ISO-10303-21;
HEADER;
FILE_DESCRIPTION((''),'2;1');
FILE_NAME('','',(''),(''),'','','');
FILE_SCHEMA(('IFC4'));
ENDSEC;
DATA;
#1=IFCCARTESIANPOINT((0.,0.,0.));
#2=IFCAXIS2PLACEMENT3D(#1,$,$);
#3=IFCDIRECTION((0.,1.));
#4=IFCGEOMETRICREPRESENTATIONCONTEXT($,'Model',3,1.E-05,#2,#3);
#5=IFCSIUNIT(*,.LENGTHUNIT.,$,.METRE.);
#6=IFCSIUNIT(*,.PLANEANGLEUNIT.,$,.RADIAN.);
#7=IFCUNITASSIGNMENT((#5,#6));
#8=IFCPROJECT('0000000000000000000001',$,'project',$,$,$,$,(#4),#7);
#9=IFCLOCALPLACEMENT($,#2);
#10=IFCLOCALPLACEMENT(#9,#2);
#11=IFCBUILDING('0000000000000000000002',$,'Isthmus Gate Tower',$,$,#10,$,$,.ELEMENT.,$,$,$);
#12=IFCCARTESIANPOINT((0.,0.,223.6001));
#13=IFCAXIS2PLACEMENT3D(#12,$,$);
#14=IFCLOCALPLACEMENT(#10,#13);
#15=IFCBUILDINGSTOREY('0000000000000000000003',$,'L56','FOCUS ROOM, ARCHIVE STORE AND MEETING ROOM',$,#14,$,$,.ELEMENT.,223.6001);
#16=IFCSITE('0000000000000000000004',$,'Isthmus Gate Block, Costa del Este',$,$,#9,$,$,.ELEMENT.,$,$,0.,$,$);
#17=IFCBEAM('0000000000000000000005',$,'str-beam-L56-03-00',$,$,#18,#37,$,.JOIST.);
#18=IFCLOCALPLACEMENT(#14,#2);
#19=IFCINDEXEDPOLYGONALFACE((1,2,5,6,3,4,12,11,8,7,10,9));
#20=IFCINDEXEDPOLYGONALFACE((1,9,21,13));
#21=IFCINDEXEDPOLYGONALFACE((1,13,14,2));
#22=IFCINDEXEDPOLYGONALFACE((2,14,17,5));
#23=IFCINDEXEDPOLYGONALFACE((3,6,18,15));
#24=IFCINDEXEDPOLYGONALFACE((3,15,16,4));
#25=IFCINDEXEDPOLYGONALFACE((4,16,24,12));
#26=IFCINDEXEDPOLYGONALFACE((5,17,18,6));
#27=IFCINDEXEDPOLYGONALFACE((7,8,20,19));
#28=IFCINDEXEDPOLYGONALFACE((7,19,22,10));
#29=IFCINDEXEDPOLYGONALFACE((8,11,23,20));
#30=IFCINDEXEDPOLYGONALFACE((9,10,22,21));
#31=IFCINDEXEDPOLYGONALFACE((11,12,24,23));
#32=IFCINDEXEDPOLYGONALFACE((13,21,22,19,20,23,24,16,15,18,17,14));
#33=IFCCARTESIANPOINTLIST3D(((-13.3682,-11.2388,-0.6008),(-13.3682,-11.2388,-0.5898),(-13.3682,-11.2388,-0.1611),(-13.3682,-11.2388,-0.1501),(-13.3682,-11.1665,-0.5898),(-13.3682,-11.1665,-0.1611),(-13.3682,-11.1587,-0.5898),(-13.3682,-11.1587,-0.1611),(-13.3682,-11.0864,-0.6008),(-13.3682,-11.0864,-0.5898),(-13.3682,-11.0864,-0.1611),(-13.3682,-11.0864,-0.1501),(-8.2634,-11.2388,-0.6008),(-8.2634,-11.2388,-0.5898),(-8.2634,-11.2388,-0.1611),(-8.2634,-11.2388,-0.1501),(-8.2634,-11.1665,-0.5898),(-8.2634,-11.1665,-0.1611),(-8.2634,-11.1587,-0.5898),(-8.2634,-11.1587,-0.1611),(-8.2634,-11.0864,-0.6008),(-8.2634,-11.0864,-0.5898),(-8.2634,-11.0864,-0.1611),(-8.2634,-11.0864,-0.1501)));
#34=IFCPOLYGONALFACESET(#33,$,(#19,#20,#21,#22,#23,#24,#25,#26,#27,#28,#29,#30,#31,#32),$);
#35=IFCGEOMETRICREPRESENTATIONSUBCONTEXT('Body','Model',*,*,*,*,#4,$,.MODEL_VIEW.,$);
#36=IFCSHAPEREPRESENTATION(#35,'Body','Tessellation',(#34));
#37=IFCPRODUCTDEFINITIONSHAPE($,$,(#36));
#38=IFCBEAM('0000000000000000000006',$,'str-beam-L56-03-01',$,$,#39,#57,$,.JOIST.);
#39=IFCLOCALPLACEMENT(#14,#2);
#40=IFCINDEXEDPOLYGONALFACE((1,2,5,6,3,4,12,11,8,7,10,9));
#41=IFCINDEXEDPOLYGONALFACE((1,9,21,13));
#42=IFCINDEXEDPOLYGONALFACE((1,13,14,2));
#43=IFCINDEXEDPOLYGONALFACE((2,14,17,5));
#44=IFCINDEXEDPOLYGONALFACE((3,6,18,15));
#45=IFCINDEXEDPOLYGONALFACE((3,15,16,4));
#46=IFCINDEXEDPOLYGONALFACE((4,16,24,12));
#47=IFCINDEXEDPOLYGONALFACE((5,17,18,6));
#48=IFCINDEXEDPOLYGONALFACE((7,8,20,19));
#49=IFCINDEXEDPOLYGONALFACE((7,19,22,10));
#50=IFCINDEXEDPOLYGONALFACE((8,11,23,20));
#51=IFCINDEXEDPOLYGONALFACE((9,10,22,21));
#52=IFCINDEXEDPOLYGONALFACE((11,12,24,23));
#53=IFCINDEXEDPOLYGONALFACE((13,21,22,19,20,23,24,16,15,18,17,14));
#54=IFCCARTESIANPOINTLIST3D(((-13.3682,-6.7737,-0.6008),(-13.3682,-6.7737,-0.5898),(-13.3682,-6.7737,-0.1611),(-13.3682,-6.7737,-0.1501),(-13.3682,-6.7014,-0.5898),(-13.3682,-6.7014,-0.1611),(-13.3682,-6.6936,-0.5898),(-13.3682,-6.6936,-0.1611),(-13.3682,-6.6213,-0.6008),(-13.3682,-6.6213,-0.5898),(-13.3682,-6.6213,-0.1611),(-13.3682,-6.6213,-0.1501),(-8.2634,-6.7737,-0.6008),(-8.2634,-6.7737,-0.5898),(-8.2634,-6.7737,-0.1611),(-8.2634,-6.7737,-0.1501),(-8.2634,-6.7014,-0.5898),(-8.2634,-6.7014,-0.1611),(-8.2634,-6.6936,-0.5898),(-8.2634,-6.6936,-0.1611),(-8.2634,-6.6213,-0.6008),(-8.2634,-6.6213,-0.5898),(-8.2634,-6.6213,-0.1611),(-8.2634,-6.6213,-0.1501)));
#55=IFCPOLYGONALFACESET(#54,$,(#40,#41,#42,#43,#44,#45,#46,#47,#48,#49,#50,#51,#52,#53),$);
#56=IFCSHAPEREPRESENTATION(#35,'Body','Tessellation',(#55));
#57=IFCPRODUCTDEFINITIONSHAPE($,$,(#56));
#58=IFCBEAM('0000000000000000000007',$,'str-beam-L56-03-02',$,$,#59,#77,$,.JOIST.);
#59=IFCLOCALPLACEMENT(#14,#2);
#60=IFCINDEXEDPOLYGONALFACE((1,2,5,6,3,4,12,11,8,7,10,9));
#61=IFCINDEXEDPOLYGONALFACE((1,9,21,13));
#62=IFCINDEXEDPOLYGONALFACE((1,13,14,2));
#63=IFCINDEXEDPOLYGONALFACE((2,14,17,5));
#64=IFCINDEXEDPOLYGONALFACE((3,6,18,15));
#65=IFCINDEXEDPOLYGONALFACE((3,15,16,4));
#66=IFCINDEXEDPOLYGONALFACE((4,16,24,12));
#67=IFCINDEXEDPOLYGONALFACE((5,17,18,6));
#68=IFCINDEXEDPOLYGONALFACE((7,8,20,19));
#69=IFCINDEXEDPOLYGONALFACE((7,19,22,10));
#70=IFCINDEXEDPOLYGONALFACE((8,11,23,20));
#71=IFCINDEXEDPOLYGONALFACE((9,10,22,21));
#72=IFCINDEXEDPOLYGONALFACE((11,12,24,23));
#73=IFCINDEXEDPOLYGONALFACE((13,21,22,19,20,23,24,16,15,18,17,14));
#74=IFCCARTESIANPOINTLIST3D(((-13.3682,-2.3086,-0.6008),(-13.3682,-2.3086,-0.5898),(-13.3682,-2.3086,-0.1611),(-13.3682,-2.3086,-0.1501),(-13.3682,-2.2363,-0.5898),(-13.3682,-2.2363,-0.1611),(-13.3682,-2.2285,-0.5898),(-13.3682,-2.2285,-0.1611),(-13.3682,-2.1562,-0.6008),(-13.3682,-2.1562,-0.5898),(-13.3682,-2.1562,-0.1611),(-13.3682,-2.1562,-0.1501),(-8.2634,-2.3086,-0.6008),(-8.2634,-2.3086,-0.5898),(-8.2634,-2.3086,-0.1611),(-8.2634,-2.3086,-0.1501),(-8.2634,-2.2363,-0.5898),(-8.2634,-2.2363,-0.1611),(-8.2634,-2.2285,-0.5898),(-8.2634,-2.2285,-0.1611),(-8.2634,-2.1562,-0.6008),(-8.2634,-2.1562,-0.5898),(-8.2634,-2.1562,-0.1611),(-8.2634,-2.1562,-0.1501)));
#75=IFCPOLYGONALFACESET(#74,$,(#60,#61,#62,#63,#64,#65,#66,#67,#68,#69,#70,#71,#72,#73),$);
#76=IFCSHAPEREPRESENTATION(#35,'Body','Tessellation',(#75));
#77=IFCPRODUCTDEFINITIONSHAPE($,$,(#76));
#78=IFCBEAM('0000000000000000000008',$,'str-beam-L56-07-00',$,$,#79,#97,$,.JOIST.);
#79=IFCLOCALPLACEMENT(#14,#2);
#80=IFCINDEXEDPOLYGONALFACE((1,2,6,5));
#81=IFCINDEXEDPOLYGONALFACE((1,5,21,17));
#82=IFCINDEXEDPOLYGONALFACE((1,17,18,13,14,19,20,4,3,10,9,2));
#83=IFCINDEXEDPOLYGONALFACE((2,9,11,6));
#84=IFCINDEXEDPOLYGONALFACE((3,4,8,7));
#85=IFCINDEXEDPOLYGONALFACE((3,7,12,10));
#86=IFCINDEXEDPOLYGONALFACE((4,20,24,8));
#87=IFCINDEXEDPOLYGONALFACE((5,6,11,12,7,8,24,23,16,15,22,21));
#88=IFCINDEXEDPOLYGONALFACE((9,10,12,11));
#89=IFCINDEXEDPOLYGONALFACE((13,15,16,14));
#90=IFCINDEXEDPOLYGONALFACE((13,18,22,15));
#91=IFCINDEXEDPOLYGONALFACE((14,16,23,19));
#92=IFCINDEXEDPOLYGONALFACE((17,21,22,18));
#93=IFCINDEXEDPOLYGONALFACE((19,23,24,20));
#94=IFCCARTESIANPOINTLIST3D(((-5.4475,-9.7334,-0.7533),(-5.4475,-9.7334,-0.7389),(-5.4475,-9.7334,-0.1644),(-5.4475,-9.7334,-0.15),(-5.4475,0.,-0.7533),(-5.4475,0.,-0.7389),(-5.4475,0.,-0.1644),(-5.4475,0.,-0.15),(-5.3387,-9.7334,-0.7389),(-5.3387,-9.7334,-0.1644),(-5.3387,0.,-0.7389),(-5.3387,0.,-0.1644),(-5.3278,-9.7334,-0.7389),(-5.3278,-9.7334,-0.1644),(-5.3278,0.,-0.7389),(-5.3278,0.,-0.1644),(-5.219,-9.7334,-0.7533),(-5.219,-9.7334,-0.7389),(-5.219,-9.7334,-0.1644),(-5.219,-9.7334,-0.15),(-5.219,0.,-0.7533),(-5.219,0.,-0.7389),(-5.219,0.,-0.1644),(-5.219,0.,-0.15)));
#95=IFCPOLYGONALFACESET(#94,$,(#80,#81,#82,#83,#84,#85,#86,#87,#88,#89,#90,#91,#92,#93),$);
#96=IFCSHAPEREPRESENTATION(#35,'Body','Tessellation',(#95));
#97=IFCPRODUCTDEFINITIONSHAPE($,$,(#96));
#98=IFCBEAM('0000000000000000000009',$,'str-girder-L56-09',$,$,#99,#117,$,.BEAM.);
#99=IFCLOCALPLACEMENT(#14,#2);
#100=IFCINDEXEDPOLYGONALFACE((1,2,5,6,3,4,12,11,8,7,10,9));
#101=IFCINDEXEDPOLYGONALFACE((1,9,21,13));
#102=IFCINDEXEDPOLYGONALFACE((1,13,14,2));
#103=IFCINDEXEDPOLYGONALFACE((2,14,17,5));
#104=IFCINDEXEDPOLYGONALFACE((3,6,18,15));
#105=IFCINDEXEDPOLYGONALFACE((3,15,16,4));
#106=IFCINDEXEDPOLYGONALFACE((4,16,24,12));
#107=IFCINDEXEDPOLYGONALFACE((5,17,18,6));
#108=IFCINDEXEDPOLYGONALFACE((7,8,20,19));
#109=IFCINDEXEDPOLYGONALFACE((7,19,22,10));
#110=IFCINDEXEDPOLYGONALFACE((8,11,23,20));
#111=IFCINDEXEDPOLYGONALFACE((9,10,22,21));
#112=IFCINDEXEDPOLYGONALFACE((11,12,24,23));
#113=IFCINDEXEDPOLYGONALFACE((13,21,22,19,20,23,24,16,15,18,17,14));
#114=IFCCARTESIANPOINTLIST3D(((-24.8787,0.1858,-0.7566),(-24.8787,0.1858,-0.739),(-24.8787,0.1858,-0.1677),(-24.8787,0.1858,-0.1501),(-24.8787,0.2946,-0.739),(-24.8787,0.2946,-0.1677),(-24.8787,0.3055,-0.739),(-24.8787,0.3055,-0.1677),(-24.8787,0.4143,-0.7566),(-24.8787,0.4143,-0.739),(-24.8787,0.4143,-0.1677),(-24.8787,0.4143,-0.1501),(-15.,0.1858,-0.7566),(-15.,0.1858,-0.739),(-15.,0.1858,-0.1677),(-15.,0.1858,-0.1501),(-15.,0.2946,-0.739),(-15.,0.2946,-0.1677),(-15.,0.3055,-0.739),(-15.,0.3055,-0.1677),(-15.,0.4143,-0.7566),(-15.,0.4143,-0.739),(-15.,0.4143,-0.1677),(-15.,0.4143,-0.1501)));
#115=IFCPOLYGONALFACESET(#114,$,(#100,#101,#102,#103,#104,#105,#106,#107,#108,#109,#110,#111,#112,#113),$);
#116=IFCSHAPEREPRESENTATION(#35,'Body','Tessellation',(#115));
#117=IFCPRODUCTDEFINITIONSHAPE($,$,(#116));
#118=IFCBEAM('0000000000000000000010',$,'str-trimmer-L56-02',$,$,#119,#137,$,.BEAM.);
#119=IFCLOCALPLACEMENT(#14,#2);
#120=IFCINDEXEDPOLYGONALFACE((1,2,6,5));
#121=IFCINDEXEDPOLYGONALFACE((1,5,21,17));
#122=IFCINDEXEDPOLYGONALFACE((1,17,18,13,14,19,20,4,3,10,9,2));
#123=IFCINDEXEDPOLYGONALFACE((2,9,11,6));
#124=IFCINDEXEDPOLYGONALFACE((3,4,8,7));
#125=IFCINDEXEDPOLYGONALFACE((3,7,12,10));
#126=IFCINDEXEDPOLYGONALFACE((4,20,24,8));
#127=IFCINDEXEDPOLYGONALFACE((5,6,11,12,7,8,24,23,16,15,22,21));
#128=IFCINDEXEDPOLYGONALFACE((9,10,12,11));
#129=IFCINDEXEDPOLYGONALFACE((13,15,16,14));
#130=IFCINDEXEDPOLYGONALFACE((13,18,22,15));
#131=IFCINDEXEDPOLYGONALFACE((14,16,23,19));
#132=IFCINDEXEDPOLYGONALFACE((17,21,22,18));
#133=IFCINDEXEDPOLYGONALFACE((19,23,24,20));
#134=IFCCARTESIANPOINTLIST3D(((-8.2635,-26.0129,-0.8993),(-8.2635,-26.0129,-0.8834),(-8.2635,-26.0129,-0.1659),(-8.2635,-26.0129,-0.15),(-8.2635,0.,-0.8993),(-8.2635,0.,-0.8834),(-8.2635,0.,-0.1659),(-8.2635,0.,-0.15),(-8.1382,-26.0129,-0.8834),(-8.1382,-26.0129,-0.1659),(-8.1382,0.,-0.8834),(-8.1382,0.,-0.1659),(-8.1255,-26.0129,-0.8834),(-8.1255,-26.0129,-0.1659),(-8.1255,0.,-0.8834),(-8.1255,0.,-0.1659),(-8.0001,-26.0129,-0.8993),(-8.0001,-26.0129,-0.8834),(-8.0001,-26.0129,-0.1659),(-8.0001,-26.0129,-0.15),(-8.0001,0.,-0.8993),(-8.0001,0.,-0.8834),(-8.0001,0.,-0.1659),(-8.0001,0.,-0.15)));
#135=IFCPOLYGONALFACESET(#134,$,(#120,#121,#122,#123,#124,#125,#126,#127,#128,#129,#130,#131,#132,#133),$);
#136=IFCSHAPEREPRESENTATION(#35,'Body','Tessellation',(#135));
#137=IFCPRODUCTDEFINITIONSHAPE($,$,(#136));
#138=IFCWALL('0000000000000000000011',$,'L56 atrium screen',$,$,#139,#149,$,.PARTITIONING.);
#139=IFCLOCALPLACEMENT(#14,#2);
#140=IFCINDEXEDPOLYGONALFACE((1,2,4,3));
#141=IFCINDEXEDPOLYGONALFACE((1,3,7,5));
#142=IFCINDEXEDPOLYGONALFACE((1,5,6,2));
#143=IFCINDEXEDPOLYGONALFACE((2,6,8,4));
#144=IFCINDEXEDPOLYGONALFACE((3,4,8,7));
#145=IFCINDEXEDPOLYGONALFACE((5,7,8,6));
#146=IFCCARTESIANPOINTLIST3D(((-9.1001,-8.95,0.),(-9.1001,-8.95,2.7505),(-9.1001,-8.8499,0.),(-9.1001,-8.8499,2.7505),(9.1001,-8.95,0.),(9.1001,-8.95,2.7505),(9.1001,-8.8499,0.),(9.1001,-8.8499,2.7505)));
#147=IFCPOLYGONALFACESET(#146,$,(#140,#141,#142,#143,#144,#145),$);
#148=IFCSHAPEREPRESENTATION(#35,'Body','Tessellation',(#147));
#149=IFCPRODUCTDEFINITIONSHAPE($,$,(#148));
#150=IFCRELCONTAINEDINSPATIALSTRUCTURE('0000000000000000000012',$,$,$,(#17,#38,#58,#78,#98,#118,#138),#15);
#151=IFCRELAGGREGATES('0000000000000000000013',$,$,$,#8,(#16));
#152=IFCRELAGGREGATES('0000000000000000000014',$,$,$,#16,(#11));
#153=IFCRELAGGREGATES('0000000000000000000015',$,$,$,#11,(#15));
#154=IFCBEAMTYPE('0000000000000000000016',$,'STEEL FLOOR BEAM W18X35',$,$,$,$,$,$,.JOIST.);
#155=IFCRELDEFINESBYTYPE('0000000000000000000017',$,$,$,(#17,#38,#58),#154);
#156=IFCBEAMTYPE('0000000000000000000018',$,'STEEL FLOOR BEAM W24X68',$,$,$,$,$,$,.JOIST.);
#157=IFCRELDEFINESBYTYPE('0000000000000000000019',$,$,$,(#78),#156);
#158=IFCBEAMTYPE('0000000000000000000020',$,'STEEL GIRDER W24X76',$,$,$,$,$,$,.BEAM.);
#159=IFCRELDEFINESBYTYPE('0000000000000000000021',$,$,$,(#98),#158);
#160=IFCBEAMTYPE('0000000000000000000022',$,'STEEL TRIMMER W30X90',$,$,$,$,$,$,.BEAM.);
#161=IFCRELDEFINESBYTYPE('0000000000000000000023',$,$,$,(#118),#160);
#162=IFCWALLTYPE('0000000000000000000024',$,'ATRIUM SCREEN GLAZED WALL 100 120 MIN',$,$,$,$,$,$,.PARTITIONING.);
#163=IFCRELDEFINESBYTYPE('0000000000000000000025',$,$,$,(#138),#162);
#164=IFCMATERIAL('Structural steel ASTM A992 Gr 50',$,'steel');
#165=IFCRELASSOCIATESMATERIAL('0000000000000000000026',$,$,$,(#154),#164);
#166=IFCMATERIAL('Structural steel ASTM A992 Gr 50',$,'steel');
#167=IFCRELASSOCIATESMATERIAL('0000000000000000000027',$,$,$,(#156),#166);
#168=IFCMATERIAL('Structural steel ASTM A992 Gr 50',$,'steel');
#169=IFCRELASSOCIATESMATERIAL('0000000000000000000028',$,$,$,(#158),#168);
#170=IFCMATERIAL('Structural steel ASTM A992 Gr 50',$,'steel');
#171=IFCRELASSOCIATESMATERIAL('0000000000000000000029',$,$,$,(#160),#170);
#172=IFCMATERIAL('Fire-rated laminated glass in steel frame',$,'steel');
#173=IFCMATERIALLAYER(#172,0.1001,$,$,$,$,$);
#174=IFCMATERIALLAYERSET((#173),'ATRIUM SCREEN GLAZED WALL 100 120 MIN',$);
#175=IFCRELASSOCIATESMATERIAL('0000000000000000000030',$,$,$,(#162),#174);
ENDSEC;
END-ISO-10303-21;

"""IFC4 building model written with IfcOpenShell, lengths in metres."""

from ifc_helpers import new_model, si_unit, direction, frame, frame_2d, origin, origin_2d, place, context, subcontext, project, spatial, rectangle, i_section, extrude, material, layer, layer_set, material_profile, profile_set, type_object, element, save


model = new_model("IFC4")

# Units and contexts
model_context = context("Model", 3, precision=1e-05, world=origin(), true_north=direction((0.0, 1.0)))
body_context = subcontext(model_context, "Body", "Model", "MODEL_VIEW")
ifc_project = project(units=[si_unit("LENGTHUNIT", "METRE"), si_unit("PLANEANGLEUNIT", "RADIAN")], contexts=[model_context])

# Site, building, storey
site_placement = place(None, origin())
site = spatial("IfcSite", under=ifc_project, at=site_placement, Name="Isthmus Gate Block, Costa del Este", CompositionType="ELEMENT", RefElevation=0.0)
building_placement = place(site_placement, origin())
building = spatial("IfcBuilding", under=site, at=building_placement, Name="Isthmus Gate Tower", CompositionType="ELEMENT")
storey_placement = place(building_placement, frame((0.0, 0.0, 223.6001)))
storey = spatial("IfcBuildingStorey", under=building, at=storey_placement, Name="L56", Description="FOCUS ROOM, ARCHIVE STORE AND MEETING ROOM", CompositionType="ELEMENT", Elevation=223.6001)

# Beams
ifc_material_1 = material(Name="Structural steel ASTM A992 Gr 50", Category="steel")
ifc_material_profile_1 = material_profile(ifc_material_1, i_section(OverallWidth=0.1523, OverallDepth=0.4507, WebThickness=0.0078, FlangeThickness=0.011, at=origin_2d()), Name="W18X35")
ifc_profile_set_1 = profile_set([ifc_material_profile_1], Name="Structural steel ASTM A992 Gr 50")
beam_type_1 = type_object("IfcBeamType", Name="STEEL FLOOR BEAM W18X35", PredefinedType="JOIST", material=ifc_profile_set_1)
for number, where, z_axis, x_axis, name in (
    (1, (-13.3682, -11.1626, -0.3755), (1.0, 0.0, 0.0), (0.0, 1.0, 0.0), "str-beam-L56-03-00"),
    (2, (-13.3682, -6.6975, -0.3755), (1.0, 0.0, 0.0), (0.0, 1.0, 0.0), "str-beam-L56-03-01"),
    (3, (-13.3682, -2.2324, -0.3755), (1.0, 0.0, 0.0), (0.0, 1.0, 0.0), "str-beam-L56-03-02"),
):
    element("IfcBeam", number, at=place(storey_placement, frame(where, z_axis=z_axis, x_axis=x_axis)), inside=storey, type_object=beam_type_1, Name=name, PredefinedType="JOIST", context=body_context, shape_type="SweptSolid", body=[
        extrude(i_section(OverallWidth=0.1523, OverallDepth=0.4507, WebThickness=0.0078, FlangeThickness=0.011, at=origin_2d()), origin(), (0.0, 0.0, 1.0), 5.1047),
    ])
ifc_material_2 = material(Name="Structural steel ASTM A992 Gr 50", Category="steel")
ifc_material_profile_2 = material_profile(ifc_material_2, i_section(OverallWidth=0.2285, OverallDepth=0.6033, WebThickness=0.011, FlangeThickness=0.0144, at=origin_2d()), Name="W24X68")
ifc_profile_set_2 = profile_set([ifc_material_profile_2], Name="Structural steel ASTM A992 Gr 50")
beam_type_2 = type_object("IfcBeamType", Name="STEEL FLOOR BEAM W24X68", PredefinedType="JOIST", material=ifc_profile_set_2)
beam_1_placement = place(storey_placement, frame((-5.3333, -9.7334, -0.4517), z_axis=(0.0, 1.0, 0.0), x_axis=(-1.0, 0.0, 0.0)))
element("IfcBeam", 4, at=beam_1_placement, inside=storey, type_object=beam_type_2, Name="str-beam-L56-07-00", PredefinedType="JOIST", context=body_context, shape_type="SweptSolid", body=[
    extrude(i_section(OverallWidth=0.2285, OverallDepth=0.6033, WebThickness=0.011, FlangeThickness=0.0144, at=origin_2d()), origin(), (0.0, 0.0, 1.0), 9.7334),
])
ifc_material_3 = material(Name="Structural steel ASTM A992 Gr 50", Category="steel")
ifc_material_profile_3 = material_profile(ifc_material_3, i_section(OverallWidth=0.2285, OverallDepth=0.6064, WebThickness=0.011, FlangeThickness=0.0176, at=origin_2d()), Name="W24X76")
ifc_profile_set_3 = profile_set([ifc_material_profile_3], Name="Structural steel ASTM A992 Gr 50")
beam_type_3 = type_object("IfcBeamType", Name="STEEL GIRDER W24X76", PredefinedType="BEAM", material=ifc_profile_set_3)
beam_2_placement = place(storey_placement, frame((-15.0, 0.3, -0.4534), z_axis=(-1.0, 0.0, 0.0), x_axis=(0.0, -1.0, 0.0)))
element("IfcBeam", 5, at=beam_2_placement, inside=storey, type_object=beam_type_3, Name="str-girder-L56-09", PredefinedType="BEAM", context=body_context, shape_type="SweptSolid", body=[
    extrude(i_section(OverallWidth=0.2285, OverallDepth=0.6064, WebThickness=0.011, FlangeThickness=0.0176, at=origin_2d()), origin(), (0.0, 0.0, 1.0), 9.8787),
])
ifc_material_4 = material(Name="Structural steel ASTM A992 Gr 50", Category="steel")
ifc_material_profile_4 = material_profile(ifc_material_4, i_section(OverallWidth=0.2634, OverallDepth=0.7493, WebThickness=0.0127, FlangeThickness=0.0159, at=origin_2d()), Name="W30X90")
ifc_profile_set_4 = profile_set([ifc_material_profile_4], Name="Structural steel ASTM A992 Gr 50")
beam_type_4 = type_object("IfcBeamType", Name="STEEL TRIMMER W30X90", PredefinedType="BEAM", material=ifc_profile_set_4)
beam_3_placement = place(storey_placement, frame((-8.1318, 0.0, -0.5247), z_axis=(0.0, -1.0, 0.0), x_axis=(1.0, 0.0, 0.0)))
element("IfcBeam", 6, at=beam_3_placement, inside=storey, type_object=beam_type_4, Name="str-trimmer-L56-02", PredefinedType="BEAM", context=body_context, shape_type="SweptSolid", body=[
    extrude(i_section(OverallWidth=0.2634, OverallDepth=0.7493, WebThickness=0.0127, FlangeThickness=0.0159, at=origin_2d()), origin(), (0.0, 0.0, 1.0), 26.0129),
])

# Wall
ifc_material_5 = material(Name="Fire-rated laminated glass in steel frame", Category="steel")
ifc_layer_1 = layer(ifc_material_5, 0.1001)
ifc_layer_set_1 = layer_set([ifc_layer_1], Name="ATRIUM SCREEN GLAZED WALL 100 120 MIN")
wall_type_1 = type_object("IfcWallType", Name="ATRIUM SCREEN GLAZED WALL 100 120 MIN", PredefinedType="PARTITIONING", material=ifc_layer_set_1)
wall_1_placement = place(storey_placement, frame((-9.1001, -8.8999, 0.0), z_axis=(0.0, 0.0, 1.0), x_axis=(1.0, 0.0, 0.0)))
element("IfcWall", 7, at=wall_1_placement, inside=storey, type_object=wall_type_1, Name="L56 atrium screen", PredefinedType="PARTITIONING", context=body_context, shape_type="SweptSolid", body=[
    extrude(rectangle(XDim=18.2002, YDim=0.1001, at=frame_2d((9.1001, 0.0))), origin(), (0.0, 0.0, 1.0), 2.7505),
])

save(model, "model.ifc")
